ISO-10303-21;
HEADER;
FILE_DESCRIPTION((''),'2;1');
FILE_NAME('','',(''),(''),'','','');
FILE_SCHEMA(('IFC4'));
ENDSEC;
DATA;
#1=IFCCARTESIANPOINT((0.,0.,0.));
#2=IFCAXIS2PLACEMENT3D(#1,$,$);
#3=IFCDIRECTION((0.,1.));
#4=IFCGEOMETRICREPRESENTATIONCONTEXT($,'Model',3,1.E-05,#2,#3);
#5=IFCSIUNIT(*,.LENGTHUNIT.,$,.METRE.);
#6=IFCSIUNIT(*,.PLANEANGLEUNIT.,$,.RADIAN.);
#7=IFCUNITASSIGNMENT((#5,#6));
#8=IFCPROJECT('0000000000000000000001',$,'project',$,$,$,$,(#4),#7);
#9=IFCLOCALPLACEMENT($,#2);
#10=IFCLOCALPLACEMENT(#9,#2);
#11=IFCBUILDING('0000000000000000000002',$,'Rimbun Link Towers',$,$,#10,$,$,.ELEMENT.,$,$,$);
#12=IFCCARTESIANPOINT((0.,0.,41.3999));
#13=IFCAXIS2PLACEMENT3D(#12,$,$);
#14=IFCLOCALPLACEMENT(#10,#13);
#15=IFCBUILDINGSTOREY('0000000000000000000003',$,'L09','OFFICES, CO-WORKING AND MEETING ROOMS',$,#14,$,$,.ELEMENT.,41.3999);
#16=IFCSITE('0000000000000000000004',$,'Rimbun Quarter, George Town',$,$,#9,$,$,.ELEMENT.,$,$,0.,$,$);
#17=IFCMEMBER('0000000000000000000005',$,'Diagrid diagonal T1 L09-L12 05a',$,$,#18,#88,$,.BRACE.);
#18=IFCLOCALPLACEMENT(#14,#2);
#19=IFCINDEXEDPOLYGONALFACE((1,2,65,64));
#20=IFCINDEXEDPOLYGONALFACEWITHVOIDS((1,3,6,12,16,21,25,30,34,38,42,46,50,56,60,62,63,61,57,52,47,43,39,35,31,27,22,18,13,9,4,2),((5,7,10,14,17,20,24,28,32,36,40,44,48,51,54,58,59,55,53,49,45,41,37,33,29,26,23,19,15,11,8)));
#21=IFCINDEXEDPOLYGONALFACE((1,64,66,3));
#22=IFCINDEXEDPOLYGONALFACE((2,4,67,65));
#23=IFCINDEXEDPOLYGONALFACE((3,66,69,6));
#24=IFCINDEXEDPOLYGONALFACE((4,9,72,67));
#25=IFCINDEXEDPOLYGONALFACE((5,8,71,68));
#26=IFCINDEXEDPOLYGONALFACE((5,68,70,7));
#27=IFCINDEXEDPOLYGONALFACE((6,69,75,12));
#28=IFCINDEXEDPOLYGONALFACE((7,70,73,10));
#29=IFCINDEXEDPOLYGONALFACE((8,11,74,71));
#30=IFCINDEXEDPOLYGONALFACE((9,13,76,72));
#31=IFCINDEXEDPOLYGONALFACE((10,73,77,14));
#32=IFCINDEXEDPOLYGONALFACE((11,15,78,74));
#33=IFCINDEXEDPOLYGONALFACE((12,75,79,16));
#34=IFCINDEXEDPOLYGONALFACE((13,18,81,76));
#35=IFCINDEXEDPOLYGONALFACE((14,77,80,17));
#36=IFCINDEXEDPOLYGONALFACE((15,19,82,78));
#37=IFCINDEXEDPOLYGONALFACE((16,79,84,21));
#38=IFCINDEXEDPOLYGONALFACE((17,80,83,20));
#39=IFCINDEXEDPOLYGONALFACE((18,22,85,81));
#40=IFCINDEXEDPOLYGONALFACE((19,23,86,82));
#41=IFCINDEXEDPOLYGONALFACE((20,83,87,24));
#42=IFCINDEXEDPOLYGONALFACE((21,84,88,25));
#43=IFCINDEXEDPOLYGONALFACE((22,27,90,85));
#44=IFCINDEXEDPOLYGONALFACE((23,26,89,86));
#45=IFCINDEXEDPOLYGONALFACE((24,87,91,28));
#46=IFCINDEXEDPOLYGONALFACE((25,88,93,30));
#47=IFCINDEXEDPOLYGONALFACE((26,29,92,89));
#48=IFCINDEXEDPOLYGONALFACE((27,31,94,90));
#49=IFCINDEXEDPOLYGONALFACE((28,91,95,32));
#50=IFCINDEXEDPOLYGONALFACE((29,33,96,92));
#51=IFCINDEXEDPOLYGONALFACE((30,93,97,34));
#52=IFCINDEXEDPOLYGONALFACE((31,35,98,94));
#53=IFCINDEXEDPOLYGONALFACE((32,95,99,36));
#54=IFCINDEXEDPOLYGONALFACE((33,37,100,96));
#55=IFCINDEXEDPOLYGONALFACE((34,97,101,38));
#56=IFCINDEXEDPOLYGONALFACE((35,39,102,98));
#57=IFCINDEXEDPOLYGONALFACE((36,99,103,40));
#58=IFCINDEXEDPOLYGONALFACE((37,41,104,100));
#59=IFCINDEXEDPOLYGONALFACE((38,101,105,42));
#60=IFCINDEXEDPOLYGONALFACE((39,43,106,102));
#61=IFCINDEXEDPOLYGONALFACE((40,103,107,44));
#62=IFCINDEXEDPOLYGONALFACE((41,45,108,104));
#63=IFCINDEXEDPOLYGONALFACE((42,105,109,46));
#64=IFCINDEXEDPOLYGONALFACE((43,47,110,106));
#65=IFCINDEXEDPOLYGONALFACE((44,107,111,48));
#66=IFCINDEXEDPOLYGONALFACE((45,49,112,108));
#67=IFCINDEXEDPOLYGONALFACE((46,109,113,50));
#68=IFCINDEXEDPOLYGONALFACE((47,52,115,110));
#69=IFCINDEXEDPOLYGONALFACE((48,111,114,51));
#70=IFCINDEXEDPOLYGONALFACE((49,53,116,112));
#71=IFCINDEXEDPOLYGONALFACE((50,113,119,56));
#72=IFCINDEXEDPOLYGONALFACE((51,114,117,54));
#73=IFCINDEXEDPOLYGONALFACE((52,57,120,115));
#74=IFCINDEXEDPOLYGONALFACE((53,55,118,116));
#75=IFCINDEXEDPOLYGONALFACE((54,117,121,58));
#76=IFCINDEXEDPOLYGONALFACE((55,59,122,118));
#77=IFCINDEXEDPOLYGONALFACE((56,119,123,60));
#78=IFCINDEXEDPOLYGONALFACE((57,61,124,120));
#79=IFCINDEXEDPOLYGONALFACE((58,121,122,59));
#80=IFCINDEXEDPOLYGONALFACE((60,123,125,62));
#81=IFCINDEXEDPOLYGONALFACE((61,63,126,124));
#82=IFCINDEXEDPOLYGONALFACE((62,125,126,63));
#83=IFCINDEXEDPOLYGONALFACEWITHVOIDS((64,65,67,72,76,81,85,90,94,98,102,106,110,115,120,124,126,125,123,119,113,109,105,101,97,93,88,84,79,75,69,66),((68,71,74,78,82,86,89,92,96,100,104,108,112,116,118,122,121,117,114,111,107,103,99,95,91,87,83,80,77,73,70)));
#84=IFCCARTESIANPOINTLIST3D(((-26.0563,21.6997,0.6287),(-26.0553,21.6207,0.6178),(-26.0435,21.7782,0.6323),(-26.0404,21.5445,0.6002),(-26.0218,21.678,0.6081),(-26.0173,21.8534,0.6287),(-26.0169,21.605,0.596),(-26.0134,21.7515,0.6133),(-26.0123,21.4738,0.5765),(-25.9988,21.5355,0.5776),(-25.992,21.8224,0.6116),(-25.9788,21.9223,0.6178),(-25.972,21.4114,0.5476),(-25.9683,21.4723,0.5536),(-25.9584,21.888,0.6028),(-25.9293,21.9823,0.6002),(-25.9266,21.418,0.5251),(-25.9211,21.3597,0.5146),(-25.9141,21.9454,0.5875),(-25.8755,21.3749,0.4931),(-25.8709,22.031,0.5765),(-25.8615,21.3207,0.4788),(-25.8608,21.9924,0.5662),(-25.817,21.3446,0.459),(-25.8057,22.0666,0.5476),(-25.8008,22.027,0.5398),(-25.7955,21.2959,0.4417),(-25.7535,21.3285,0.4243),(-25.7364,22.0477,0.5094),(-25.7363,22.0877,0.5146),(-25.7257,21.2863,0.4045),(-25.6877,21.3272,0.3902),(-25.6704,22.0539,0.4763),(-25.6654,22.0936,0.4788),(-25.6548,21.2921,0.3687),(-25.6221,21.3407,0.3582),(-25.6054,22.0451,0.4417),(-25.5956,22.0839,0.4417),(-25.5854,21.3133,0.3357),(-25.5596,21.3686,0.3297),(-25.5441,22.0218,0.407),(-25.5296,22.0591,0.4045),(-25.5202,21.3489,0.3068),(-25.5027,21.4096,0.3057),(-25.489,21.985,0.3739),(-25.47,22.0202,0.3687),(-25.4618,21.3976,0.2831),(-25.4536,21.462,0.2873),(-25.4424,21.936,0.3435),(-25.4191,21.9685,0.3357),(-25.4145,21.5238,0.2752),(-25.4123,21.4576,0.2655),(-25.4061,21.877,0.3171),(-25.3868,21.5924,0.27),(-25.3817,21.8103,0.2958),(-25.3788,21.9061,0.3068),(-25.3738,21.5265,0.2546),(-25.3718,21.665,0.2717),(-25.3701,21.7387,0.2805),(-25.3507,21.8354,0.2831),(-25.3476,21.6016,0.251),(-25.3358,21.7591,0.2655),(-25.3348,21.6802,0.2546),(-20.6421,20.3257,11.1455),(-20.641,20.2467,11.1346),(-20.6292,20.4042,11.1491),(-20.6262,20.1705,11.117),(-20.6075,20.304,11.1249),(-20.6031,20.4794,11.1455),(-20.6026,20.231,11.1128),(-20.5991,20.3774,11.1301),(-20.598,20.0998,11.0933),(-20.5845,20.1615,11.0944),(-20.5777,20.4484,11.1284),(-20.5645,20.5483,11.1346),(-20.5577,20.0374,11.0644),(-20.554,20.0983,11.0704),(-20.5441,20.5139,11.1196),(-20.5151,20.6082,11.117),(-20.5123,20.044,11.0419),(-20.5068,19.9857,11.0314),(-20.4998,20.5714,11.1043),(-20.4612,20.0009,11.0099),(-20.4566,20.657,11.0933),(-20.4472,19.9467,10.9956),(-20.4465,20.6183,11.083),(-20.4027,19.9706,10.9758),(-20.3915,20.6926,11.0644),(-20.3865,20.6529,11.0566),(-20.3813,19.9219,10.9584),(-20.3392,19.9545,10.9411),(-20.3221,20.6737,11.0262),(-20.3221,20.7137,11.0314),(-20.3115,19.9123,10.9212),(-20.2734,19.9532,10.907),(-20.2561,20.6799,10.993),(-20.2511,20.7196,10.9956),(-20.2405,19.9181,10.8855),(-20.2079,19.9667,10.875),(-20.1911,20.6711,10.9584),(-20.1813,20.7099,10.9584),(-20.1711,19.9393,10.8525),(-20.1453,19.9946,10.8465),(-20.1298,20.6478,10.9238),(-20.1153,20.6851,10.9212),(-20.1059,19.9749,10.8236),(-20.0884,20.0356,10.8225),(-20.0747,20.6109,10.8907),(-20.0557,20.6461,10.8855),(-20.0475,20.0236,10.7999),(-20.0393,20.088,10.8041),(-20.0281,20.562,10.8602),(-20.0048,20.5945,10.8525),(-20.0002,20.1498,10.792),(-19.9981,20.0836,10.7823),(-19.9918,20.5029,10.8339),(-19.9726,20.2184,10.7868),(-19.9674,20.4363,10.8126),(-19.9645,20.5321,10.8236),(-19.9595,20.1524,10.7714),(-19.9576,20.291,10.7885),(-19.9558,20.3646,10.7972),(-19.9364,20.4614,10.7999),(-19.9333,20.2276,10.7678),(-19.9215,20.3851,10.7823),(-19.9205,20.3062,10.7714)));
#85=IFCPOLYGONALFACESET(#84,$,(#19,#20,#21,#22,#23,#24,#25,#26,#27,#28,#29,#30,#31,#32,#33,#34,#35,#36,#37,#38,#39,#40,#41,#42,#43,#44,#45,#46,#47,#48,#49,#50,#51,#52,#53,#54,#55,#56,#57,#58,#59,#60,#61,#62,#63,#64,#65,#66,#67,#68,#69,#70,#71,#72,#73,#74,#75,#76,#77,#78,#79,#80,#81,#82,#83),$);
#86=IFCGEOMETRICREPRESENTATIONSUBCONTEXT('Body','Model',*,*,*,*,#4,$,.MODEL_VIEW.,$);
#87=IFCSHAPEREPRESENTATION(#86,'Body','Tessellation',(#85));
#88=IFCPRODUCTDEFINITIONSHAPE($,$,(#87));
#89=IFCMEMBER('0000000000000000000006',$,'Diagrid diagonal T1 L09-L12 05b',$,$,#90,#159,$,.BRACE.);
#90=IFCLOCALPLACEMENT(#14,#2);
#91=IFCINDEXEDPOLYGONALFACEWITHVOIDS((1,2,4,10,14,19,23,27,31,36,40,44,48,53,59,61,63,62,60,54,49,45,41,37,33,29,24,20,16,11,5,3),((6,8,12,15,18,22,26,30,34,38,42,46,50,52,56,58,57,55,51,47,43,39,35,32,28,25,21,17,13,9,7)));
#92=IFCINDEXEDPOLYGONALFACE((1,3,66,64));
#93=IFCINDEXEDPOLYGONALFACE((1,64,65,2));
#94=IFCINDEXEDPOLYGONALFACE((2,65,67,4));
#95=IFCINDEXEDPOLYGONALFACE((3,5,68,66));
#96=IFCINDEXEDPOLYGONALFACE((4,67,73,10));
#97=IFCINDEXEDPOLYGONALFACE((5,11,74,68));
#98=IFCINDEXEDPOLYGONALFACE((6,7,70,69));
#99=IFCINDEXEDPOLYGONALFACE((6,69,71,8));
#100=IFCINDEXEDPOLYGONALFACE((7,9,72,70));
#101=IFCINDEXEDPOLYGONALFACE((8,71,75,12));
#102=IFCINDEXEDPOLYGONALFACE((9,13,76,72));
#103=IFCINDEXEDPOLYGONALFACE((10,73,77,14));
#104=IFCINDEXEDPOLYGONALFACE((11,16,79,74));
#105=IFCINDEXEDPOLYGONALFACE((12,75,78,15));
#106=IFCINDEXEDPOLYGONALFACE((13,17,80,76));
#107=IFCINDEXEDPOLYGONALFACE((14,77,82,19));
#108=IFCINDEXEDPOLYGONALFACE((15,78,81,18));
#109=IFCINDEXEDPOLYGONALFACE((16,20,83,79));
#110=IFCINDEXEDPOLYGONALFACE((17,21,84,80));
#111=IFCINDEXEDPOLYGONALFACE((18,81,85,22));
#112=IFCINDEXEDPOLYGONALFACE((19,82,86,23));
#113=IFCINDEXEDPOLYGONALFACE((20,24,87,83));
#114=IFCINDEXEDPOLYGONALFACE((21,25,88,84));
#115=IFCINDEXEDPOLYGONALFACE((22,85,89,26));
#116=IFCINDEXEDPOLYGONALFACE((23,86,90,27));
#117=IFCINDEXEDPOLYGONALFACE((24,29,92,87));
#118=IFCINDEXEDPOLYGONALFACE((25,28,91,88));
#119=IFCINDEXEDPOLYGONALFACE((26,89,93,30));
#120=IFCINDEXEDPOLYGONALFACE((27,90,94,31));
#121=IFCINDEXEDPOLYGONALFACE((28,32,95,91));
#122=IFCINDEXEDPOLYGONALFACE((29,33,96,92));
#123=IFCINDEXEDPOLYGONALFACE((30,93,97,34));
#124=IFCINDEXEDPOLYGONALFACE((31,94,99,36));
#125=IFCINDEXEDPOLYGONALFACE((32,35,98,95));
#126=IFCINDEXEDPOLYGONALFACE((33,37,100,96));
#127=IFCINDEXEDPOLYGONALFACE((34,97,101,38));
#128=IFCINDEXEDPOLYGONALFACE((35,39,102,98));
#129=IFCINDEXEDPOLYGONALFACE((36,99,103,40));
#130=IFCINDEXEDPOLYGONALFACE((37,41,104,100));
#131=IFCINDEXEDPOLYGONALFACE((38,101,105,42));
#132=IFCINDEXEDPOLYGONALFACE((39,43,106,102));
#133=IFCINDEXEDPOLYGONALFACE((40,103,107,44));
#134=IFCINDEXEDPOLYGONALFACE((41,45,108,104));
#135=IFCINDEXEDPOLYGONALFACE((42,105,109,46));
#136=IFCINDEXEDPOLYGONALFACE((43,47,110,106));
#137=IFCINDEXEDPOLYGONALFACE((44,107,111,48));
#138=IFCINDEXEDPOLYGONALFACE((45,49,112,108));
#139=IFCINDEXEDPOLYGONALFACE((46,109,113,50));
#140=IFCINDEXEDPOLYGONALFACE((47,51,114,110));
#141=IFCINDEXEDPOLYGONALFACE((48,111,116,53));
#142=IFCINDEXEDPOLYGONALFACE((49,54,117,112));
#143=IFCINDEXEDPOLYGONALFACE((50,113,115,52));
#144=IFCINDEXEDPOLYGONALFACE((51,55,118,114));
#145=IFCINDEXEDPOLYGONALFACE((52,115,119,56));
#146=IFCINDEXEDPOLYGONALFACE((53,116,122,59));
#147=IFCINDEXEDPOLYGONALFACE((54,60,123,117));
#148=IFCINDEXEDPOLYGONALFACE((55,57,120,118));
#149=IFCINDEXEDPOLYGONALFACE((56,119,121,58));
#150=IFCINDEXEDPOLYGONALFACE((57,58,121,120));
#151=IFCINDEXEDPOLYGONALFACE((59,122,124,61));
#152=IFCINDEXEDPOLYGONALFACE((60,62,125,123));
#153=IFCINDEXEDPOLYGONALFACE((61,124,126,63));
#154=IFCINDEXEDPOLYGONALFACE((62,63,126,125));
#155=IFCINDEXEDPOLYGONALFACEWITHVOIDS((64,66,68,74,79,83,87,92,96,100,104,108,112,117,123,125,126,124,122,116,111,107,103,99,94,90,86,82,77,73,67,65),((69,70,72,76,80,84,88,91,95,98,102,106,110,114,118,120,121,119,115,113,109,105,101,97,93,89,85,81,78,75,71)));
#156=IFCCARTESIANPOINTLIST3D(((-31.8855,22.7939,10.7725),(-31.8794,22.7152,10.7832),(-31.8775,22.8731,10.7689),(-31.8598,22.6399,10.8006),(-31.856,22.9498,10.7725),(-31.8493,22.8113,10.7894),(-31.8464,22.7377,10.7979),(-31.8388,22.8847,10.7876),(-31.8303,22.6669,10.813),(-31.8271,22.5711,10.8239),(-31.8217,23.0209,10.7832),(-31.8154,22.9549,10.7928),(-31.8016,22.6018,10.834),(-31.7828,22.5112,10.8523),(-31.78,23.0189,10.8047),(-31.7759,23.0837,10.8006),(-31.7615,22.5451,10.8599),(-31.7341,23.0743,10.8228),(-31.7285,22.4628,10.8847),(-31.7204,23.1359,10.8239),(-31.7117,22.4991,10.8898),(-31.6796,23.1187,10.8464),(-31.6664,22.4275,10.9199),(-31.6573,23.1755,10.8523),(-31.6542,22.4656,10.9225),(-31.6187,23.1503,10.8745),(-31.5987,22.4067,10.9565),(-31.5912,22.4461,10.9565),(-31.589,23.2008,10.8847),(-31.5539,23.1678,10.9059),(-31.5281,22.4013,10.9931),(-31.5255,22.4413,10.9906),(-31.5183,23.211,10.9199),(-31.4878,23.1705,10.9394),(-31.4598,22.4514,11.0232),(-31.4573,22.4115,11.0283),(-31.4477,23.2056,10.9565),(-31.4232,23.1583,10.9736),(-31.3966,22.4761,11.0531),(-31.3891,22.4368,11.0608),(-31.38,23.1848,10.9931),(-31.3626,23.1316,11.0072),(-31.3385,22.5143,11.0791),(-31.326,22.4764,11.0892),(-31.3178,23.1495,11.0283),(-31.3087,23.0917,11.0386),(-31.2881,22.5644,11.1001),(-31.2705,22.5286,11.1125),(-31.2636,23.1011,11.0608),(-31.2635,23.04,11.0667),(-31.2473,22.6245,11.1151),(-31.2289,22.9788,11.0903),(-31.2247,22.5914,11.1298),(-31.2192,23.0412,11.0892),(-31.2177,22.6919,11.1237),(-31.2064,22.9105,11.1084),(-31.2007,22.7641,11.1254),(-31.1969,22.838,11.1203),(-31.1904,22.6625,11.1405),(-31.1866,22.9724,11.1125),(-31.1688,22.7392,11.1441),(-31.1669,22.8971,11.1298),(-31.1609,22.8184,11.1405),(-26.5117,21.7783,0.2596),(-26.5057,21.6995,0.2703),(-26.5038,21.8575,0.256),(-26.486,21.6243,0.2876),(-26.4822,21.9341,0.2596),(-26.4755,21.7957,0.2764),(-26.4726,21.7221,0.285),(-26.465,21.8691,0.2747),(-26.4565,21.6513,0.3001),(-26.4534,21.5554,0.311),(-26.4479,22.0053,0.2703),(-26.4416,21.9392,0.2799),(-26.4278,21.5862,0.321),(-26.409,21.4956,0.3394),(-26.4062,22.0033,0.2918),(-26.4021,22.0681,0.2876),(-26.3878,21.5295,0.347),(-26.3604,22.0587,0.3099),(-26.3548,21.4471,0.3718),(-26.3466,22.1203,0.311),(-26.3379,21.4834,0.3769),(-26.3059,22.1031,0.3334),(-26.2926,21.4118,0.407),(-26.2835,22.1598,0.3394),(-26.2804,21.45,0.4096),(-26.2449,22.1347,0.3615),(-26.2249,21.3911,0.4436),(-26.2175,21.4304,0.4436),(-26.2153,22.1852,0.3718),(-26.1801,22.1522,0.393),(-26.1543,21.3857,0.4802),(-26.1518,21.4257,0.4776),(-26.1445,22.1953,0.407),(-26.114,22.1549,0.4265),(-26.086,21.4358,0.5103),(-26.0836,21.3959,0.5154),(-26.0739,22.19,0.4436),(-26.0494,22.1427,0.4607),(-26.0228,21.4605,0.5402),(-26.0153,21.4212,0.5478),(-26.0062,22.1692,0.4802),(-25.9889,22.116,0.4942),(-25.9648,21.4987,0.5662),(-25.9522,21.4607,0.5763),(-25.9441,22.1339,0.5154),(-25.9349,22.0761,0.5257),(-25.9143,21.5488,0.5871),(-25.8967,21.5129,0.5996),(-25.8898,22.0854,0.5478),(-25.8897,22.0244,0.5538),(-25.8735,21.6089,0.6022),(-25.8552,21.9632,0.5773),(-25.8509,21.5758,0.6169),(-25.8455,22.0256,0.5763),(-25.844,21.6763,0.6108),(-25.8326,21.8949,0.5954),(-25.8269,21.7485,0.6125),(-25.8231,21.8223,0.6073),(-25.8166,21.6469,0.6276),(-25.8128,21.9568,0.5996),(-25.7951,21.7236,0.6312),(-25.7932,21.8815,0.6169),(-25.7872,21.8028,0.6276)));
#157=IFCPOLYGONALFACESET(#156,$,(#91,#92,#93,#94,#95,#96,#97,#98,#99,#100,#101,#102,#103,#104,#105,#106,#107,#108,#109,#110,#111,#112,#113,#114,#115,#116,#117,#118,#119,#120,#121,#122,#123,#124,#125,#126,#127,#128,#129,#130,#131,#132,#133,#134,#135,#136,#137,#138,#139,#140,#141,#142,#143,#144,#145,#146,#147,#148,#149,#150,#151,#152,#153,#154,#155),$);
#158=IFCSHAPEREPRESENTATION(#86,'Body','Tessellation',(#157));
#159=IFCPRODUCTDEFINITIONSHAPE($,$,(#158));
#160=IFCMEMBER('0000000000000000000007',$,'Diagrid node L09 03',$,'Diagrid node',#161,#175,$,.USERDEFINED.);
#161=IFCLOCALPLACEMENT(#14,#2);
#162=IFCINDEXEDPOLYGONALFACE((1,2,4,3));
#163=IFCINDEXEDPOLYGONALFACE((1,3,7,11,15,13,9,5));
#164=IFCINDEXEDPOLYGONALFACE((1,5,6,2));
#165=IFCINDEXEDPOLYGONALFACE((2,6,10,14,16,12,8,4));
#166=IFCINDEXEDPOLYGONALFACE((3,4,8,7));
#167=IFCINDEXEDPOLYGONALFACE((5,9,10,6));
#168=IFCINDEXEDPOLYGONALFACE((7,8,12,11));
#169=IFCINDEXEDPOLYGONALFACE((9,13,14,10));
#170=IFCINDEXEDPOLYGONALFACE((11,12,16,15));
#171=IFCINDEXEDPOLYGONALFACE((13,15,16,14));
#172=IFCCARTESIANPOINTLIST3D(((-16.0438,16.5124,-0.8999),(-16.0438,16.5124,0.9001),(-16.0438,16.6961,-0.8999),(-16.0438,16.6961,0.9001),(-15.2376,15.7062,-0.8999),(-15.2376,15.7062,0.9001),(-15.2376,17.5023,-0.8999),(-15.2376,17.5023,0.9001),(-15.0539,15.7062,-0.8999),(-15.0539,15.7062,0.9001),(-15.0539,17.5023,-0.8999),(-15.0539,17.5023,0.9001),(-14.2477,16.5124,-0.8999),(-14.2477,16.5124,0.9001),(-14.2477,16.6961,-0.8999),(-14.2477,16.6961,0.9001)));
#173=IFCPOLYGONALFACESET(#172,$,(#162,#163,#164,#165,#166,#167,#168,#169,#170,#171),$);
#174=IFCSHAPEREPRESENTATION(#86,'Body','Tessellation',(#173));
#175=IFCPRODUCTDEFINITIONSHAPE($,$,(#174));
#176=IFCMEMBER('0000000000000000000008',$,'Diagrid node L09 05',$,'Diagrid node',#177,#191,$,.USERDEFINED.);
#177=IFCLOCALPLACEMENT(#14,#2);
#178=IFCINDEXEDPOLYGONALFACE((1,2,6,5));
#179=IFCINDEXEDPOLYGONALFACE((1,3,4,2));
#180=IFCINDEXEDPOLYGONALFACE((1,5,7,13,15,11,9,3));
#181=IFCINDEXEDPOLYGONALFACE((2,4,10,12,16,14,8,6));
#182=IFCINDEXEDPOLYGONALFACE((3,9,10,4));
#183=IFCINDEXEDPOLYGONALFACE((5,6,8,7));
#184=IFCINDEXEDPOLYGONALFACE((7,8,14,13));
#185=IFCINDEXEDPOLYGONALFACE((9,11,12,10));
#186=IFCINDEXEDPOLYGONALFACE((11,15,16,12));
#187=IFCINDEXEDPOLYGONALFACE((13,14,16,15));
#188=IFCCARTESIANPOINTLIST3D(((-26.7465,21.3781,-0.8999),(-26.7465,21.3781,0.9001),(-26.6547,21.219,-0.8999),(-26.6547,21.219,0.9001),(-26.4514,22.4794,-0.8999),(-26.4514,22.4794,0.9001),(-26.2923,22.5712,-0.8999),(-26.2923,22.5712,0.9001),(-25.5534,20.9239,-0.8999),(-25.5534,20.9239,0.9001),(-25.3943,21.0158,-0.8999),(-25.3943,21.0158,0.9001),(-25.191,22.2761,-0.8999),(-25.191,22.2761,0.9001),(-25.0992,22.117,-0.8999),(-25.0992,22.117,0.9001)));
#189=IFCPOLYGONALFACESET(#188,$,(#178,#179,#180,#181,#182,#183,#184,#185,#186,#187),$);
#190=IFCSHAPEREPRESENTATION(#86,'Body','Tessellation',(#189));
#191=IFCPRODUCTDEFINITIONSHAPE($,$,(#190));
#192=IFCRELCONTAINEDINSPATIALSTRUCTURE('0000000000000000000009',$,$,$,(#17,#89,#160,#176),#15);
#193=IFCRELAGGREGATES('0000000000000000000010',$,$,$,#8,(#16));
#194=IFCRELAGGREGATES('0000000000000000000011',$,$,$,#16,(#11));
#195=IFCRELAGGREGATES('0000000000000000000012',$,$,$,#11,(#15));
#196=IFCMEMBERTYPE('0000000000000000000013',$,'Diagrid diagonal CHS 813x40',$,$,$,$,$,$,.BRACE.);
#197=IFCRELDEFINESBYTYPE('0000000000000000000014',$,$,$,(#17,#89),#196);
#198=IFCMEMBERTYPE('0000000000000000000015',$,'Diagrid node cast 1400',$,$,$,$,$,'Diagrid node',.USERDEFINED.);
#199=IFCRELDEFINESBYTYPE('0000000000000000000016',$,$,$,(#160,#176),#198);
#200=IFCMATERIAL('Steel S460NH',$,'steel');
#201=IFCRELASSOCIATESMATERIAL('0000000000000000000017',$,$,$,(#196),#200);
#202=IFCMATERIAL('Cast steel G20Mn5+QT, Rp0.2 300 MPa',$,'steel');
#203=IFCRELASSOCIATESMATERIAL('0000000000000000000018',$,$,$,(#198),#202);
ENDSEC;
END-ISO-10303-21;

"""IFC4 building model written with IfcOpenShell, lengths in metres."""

from ifc_helpers import new_model, si_unit, direction, frame, origin, origin_2d, place, context, subcontext, project, spatial, polyline, hollow_circle, outline, extrude, material, material_profile, profile_set, type_object, element, save


model = new_model("IFC4")

# Units and contexts
model_context = context("Model", 3, precision=1e-05, world=origin(), true_north=direction((0.0, 1.0)))
body_context = subcontext(model_context, "Body", "Model", "MODEL_VIEW")
ifc_project = project(units=[si_unit("LENGTHUNIT", "METRE"), si_unit("PLANEANGLEUNIT", "RADIAN")], contexts=[model_context])

# Site, building, storey
site_placement = place(None, origin())
site = spatial("IfcSite", under=ifc_project, at=site_placement, Name="Rimbun Quarter, George Town", CompositionType="ELEMENT", RefElevation=0.0)
building_placement = place(site_placement, origin())
building = spatial("IfcBuilding", under=site, at=building_placement, Name="Rimbun Link Towers", CompositionType="ELEMENT")
storey_placement = place(building_placement, frame((0.0, 0.0, 41.3999)))
storey = spatial("IfcBuildingStorey", under=building, at=storey_placement, Name="L09", Description="OFFICES, CO-WORKING AND MEETING ROOMS", CompositionType="ELEMENT", Elevation=41.3999)

# Members
ifc_material_1 = material(Name="Steel S460NH", Category="steel")
ifc_material_profile_1 = material_profile(ifc_material_1, hollow_circle(Radius=0.4065, WallThickness=0.04, at=origin_2d()), Name="Diagrid diagonal CHS 813x40")
ifc_profile_set_1 = profile_set([ifc_material_profile_1], Name="Steel S460NH")
member_type_1 = type_object("IfcMemberType", Name="Diagrid diagonal CHS 813x40", PredefinedType="BRACE", material=ifc_profile_set_1)
member_1_placement = place(storey_placement, frame((-25.6956, 21.6899, 0.4417), z_axis=(0.454668, -0.115384, 0.883155), x_axis=(0.245979, 0.969275, 0.0)))
element("IfcMember", 1, at=member_1_placement, inside=storey, type_object=member_type_1, Name="Diagrid diagonal T1 L09-L12 05a", PredefinedType="BRACE", context=body_context, shape_type="SweptSolid", body=[
    extrude(hollow_circle(Radius=0.4065, WallThickness=0.04, at=origin_2d()), origin(), (0.0, 0.0, 1.0), 11.9082),
])
member_2_placement = place(storey_placement, frame((-26.1494, 21.7905, 0.4436), z_axis=(-0.45347, 0.085704, 0.887141), x_axis=(-0.185709, -0.982605, 0.0)))
element("IfcMember", 2, at=member_2_placement, inside=storey, type_object=member_type_1, Name="Diagrid diagonal T1 L09-L12 05b", PredefinedType="BRACE", context=body_context, shape_type="SweptSolid", body=[
    extrude(hollow_circle(Radius=0.4065, WallThickness=0.04, at=origin_2d()), origin(), (0.0, 0.0, 1.0), 11.8503),
])
ifc_material_2 = material(Name="Cast steel G20Mn5+QT, Rp0.2 300 MPa", Category="steel")
ifc_material_profile_2 = material_profile(ifc_material_2, outline(polyline([(0.7, -0.5701), (0.7, 0.5701), (0.5701, 0.7), (-0.5701, 0.7), (-0.7, 0.5701), (-0.7, -0.5701), (-0.5701, -0.7), (0.5701, -0.7), (0.7, -0.5701)])), Name="NODE 1400x1400")
ifc_profile_set_2 = profile_set([ifc_material_profile_2], Name="Cast steel G20Mn5+QT, Rp0.2 300 MPa")
member_type_2 = type_object("IfcMemberType", Name="Diagrid node cast 1400", ElementType="Diagrid node", PredefinedType="USERDEFINED", material=ifc_profile_set_2)
for number, where, z_axis, x_axis, name in (
    (3, (-15.1458, 16.6042, -0.8999), (0.0, 0.0, 1.0), (0.707107, 0.707107, 0.0), "Diagrid node L09 03"),
    (4, (-25.9229, 21.7476, -0.8999), (0.0, 0.0, 1.0), (0.258819, 0.965926, 0.0), "Diagrid node L09 05"),
):
    element("IfcMember", number, at=place(storey_placement, frame(where, z_axis=z_axis, x_axis=x_axis)), inside=storey, type_object=member_type_2, Name=name, ObjectType="Diagrid node", PredefinedType="USERDEFINED", context=body_context, shape_type="SweptSolid", body=[
        extrude(outline(polyline([(0.7, -0.5701), (0.7, 0.5701), (0.5701, 0.7), (-0.5701, 0.7), (-0.7, 0.5701), (-0.7, -0.5701), (-0.5701, -0.7), (0.5701, -0.7), (0.7, -0.5701)])), origin(), (0.0, 0.0, 1.0), 1.8),
    ])

save(model, "model.ifc")
